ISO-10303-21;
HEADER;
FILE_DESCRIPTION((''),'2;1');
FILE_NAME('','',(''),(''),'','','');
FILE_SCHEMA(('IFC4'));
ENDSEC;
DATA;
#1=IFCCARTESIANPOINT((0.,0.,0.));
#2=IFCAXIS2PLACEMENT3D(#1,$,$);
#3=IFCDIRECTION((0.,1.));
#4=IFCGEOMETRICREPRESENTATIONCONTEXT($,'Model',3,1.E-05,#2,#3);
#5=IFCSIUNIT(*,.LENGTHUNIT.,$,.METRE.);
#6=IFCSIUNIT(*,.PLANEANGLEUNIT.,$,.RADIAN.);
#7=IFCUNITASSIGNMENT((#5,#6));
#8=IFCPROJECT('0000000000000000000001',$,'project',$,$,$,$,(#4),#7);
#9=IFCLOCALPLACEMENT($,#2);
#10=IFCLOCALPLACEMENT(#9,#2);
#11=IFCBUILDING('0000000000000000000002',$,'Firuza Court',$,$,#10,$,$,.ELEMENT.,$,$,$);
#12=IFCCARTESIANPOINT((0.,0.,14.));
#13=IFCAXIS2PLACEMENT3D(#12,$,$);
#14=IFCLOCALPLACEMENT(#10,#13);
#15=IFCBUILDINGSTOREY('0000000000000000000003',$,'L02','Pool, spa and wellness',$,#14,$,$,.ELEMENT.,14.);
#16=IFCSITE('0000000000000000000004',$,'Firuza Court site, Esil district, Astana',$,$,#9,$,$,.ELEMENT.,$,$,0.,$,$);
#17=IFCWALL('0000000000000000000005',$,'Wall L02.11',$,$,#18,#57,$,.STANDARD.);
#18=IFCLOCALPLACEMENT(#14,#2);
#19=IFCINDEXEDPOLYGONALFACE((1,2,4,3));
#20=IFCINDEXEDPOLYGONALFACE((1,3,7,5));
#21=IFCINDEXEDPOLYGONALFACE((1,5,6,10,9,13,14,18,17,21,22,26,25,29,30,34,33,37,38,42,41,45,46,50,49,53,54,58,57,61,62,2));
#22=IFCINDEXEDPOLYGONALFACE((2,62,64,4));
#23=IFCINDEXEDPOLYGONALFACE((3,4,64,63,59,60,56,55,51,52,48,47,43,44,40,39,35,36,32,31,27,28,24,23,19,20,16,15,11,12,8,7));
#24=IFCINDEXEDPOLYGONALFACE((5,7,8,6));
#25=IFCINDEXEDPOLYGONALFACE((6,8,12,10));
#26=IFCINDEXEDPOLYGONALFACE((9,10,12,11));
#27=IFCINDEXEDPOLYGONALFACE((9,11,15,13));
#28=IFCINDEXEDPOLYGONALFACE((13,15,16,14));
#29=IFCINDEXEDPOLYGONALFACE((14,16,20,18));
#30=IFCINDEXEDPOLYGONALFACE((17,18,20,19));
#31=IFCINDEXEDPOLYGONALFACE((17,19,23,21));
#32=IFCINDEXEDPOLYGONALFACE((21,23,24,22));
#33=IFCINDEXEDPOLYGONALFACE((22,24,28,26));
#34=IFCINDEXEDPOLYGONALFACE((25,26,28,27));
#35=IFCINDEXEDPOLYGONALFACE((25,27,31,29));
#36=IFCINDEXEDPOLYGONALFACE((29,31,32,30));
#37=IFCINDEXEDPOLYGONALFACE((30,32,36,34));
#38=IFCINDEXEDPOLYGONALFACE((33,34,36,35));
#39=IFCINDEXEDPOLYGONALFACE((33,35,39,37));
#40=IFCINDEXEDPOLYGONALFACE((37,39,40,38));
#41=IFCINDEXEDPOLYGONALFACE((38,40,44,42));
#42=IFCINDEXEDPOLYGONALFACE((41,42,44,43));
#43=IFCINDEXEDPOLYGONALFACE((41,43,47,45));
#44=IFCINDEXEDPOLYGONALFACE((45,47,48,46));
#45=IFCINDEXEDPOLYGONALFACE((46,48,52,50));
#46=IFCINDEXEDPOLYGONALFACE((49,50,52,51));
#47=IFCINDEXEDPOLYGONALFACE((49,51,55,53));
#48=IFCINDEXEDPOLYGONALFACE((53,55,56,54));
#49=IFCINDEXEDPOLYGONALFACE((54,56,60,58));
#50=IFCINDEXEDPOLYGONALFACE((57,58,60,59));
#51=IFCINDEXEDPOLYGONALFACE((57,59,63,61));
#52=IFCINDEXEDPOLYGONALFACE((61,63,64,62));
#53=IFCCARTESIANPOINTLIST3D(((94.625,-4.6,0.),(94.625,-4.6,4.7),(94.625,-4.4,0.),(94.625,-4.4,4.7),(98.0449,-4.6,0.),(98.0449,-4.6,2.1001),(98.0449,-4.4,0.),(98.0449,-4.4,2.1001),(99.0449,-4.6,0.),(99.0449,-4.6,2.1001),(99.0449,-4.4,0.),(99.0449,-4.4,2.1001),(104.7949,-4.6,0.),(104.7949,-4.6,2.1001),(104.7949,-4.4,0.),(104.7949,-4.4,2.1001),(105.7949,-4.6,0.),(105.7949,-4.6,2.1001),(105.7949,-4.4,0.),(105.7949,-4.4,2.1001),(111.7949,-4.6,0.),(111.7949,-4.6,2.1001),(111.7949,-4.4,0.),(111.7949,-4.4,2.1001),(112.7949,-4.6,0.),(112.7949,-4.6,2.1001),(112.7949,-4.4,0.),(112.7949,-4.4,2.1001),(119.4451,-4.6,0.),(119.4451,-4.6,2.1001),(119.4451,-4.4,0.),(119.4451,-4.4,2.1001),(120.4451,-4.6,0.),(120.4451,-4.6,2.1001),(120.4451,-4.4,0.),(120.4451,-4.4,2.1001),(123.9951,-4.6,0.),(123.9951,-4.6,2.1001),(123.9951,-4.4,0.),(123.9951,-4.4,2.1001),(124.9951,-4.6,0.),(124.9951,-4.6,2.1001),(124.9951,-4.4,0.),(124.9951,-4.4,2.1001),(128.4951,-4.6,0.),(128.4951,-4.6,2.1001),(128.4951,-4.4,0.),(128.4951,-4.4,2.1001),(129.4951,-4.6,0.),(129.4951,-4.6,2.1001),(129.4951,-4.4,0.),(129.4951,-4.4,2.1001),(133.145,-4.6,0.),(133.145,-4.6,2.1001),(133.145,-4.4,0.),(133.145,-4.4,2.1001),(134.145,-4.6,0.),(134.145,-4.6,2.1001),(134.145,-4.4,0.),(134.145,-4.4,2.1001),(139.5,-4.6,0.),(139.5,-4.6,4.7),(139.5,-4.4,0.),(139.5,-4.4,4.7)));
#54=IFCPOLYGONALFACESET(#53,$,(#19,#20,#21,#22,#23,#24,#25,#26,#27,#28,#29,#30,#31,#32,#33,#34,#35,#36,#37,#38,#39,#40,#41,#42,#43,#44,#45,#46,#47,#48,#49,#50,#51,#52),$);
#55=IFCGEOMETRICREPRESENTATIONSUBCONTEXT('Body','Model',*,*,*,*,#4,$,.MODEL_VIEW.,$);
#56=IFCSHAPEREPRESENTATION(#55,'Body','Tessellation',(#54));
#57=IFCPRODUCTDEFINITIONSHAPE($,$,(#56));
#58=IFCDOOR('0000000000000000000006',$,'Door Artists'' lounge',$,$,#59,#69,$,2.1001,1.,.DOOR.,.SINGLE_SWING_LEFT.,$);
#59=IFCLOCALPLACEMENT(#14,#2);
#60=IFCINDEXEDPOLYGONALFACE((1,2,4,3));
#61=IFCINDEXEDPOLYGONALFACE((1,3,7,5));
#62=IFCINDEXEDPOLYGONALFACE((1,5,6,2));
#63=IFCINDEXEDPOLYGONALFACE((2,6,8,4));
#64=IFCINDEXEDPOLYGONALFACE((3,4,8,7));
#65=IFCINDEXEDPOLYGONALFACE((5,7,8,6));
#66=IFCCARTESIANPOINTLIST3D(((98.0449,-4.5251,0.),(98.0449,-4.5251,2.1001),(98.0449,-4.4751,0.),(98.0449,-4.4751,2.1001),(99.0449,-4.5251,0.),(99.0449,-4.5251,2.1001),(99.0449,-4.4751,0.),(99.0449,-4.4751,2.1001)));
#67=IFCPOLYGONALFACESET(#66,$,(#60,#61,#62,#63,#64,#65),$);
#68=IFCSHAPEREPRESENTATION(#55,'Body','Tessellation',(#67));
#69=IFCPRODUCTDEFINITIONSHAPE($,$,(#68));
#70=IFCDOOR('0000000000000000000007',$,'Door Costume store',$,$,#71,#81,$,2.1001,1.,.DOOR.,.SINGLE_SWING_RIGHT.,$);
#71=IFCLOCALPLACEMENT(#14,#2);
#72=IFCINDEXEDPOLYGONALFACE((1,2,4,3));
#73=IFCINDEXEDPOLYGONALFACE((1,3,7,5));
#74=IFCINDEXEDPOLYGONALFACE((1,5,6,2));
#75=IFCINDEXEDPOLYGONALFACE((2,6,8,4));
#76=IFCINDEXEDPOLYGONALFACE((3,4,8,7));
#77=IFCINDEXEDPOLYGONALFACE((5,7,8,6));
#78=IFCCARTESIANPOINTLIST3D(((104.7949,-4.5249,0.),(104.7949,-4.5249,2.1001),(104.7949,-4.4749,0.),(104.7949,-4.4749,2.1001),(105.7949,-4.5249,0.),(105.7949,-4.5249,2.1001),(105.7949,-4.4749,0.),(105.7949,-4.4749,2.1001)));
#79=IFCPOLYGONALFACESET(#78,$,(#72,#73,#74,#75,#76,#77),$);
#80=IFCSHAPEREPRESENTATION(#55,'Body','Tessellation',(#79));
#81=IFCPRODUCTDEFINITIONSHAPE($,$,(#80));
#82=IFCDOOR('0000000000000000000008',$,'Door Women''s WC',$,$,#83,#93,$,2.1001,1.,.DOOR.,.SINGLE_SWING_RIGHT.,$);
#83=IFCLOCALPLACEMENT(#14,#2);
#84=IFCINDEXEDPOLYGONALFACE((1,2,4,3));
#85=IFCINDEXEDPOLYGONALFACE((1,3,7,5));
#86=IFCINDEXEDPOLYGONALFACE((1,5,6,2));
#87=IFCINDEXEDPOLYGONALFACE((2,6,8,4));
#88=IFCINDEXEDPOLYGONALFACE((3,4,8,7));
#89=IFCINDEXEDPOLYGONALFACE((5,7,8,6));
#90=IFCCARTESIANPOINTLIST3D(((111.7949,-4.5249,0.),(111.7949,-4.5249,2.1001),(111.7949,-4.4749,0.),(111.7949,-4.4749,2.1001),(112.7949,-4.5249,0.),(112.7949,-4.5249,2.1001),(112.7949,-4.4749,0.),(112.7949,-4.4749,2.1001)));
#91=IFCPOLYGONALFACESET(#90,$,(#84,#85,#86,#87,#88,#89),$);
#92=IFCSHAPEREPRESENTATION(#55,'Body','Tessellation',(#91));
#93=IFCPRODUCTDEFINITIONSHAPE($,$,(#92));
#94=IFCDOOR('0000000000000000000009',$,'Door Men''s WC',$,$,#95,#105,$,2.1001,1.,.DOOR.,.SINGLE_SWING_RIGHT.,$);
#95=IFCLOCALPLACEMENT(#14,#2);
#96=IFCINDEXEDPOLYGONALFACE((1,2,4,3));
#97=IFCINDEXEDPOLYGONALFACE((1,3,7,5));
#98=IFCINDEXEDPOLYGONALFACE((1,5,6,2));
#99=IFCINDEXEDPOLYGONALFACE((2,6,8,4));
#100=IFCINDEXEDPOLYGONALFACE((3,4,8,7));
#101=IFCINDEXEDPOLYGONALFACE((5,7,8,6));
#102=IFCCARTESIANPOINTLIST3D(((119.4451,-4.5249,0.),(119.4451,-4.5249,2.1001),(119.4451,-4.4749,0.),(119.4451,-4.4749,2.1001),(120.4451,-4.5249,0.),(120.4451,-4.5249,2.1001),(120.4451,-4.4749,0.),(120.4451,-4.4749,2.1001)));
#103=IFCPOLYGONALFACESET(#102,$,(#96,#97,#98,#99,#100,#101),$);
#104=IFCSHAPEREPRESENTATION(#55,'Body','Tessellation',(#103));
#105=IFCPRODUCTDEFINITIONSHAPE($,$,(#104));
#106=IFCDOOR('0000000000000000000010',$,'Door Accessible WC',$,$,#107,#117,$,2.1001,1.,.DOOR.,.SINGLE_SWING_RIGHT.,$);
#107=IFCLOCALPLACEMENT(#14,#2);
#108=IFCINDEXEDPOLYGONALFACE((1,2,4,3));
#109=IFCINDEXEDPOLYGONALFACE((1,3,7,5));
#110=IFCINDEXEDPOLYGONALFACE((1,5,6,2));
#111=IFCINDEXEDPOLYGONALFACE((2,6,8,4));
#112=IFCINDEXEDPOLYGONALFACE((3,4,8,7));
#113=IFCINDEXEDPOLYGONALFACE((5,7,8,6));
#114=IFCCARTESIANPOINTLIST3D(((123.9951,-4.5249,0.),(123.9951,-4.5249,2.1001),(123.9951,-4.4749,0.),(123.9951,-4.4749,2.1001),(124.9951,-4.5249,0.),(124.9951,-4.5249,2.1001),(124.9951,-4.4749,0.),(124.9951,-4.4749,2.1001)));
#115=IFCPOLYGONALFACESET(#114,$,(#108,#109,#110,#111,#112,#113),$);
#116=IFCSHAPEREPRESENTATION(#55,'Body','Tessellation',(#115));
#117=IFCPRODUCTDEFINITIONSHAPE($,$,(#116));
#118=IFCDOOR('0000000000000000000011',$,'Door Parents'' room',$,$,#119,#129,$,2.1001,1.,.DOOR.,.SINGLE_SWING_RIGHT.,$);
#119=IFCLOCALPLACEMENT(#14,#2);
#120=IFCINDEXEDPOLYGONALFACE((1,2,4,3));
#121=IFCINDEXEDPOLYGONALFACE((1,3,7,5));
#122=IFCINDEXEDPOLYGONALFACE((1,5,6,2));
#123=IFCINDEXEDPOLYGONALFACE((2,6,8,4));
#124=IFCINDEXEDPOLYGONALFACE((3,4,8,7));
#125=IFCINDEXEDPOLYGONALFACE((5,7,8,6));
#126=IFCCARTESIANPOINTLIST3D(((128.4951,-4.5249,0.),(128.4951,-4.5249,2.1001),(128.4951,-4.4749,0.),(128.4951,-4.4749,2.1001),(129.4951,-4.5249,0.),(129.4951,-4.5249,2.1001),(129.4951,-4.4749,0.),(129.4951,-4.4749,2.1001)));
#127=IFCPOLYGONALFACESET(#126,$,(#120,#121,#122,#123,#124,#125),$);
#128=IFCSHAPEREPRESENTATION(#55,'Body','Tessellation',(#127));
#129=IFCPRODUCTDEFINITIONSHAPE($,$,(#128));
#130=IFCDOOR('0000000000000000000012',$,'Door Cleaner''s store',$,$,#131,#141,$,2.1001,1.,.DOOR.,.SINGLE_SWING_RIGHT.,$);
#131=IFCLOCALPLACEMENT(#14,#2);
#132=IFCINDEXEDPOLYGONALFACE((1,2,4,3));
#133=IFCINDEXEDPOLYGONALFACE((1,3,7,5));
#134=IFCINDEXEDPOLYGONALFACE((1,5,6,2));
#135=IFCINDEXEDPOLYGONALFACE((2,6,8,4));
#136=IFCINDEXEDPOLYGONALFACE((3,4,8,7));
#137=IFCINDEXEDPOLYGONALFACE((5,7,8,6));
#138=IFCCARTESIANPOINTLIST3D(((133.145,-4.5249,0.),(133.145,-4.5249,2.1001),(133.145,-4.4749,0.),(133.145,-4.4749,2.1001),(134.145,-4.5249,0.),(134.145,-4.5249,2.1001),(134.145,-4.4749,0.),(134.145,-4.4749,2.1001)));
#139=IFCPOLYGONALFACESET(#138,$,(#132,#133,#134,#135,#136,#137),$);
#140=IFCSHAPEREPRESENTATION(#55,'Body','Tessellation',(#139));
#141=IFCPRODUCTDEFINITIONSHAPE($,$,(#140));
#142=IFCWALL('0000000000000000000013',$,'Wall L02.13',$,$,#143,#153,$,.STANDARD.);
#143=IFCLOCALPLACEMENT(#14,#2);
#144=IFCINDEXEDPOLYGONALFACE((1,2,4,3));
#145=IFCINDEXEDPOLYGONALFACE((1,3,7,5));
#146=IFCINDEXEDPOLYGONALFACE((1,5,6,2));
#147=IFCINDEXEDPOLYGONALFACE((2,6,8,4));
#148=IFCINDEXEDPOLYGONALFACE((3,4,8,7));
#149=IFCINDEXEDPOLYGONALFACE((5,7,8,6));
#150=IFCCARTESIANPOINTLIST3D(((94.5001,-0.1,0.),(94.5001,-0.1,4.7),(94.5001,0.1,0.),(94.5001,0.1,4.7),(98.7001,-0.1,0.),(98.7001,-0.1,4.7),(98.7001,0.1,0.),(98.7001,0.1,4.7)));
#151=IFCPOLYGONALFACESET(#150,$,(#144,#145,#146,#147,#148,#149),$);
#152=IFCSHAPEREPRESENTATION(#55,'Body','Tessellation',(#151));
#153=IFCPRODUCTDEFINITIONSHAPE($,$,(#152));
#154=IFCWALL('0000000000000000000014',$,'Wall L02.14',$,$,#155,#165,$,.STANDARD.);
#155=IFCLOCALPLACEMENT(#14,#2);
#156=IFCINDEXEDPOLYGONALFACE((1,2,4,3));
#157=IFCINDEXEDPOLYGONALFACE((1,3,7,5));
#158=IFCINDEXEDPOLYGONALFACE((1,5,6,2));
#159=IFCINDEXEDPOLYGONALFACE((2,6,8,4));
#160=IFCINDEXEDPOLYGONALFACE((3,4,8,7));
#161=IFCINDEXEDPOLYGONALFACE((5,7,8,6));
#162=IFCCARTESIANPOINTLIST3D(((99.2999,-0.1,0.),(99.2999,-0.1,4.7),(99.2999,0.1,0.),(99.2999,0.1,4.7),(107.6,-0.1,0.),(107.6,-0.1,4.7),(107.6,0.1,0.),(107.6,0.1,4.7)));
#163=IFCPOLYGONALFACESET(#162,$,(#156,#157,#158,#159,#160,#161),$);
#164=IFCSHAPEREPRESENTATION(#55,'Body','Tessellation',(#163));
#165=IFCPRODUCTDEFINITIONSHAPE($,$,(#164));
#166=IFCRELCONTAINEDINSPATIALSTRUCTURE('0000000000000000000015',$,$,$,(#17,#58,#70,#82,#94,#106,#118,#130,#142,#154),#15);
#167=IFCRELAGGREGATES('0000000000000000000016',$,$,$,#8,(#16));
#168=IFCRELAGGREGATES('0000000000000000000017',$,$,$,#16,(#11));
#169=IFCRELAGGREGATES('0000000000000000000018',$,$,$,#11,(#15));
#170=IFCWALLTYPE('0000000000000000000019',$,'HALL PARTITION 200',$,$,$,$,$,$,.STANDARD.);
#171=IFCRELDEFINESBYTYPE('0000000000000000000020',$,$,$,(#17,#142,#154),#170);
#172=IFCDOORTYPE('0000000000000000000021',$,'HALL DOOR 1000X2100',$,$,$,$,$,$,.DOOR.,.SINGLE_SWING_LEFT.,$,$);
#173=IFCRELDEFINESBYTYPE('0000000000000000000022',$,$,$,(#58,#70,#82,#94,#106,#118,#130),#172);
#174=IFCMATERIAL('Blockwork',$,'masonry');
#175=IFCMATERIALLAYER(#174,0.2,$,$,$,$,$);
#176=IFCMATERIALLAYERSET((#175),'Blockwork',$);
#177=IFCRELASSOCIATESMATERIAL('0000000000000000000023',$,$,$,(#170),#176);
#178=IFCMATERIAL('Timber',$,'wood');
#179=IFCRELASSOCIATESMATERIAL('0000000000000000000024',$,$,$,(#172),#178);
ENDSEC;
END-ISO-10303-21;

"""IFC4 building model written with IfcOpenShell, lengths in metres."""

from ifc_helpers import new_model, si_unit, direction, frame, frame_2d, origin, place, context, subcontext, project, spatial, rectangle, extrude, material, layer, layer_set, type_object, element, fill, save


model = new_model("IFC4")

# Units and contexts
model_context = context("Model", 3, precision=1e-05, world=origin(), true_north=direction((0.0, 1.0)))
body_context = subcontext(model_context, "Body", "Model", "MODEL_VIEW")
ifc_project = project(units=[si_unit("LENGTHUNIT", "METRE"), si_unit("PLANEANGLEUNIT", "RADIAN")], contexts=[model_context])

# Site, building, storey
site_placement = place(None, origin())
site = spatial("IfcSite", under=ifc_project, at=site_placement, Name="Firuza Court site, Esil district, Astana", CompositionType="ELEMENT", RefElevation=0.0)
building_placement = place(site_placement, origin())
building = spatial("IfcBuilding", under=site, at=building_placement, Name="Firuza Court", CompositionType="ELEMENT")
storey_placement = place(building_placement, frame((0.0, 0.0, 14.0)))
storey = spatial("IfcBuildingStorey", under=building, at=storey_placement, Name="L02", Description="Pool, spa and wellness", CompositionType="ELEMENT", Elevation=14.0)

# Wall, openings, doors
ifc_material_1 = material(Name="Blockwork", Category="masonry")
ifc_layer_1 = layer(ifc_material_1, 0.2)
ifc_layer_set_1 = layer_set([ifc_layer_1], Name="Blockwork")
wall_type_1 = type_object("IfcWallType", Name="HALL PARTITION 200", PredefinedType="STANDARD", material=ifc_layer_set_1)
wall_1_placement = place(storey_placement, frame((94.625, -4.5, 0.0), z_axis=(0.0, 0.0, 1.0), x_axis=(1.0, 0.0, 0.0)))
wall_1 = element("IfcWall", 1, at=wall_1_placement, inside=storey, type_object=wall_type_1, Name="Wall L02.11", PredefinedType="STANDARD", context=body_context, shape_type="SweptSolid", body=[
    extrude(rectangle(XDim=44.875, YDim=0.2, at=frame_2d((22.4375, 0.0))), origin(), (0.0, 0.0, 1.0), 4.7),
])
opening_1_placement = place(wall_1_placement, frame((3.4199, 0.0, 0.0)))
opening_1 = element("IfcOpeningElement", 2, at=opening_1_placement, cuts=wall_1, PredefinedType="OPENING", context=body_context, shape_type="SweptSolid", body=[
    extrude(rectangle(XDim=1.0, YDim=2.1001, at=frame_2d((0.5, 1.05))), frame((0.0, 0.1118, 0.0), z_axis=(0.0, -1.0, 0.0), x_axis=(1.0, 0.0, 0.0)), (0.0, 0.0, 1.0), 0.2239),
])
opening_2_placement = place(wall_1_placement, frame((10.1699, 0.0, 0.0)))
opening_2 = element("IfcOpeningElement", 3, at=opening_2_placement, cuts=wall_1, PredefinedType="OPENING", context=body_context, shape_type="SweptSolid", body=[
    extrude(rectangle(XDim=1.0, YDim=2.1001, at=frame_2d((0.5, 1.05))), frame((0.0, 0.1118, 0.0), z_axis=(0.0, -1.0, 0.0), x_axis=(1.0, 0.0, 0.0)), (0.0, 0.0, 1.0), 0.2239),
])
opening_3_placement = place(wall_1_placement, frame((17.1699, 0.0, 0.0)))
opening_3 = element("IfcOpeningElement", 4, at=opening_3_placement, cuts=wall_1, PredefinedType="OPENING", context=body_context, shape_type="SweptSolid", body=[
    extrude(rectangle(XDim=1.0, YDim=2.1001, at=frame_2d((0.5, 1.05))), frame((0.0, 0.1118, 0.0), z_axis=(0.0, -1.0, 0.0), x_axis=(1.0, 0.0, 0.0)), (0.0, 0.0, 1.0), 0.2239),
])
opening_4_placement = place(wall_1_placement, frame((24.8201, 0.0, 0.0)))
opening_4 = element("IfcOpeningElement", 5, at=opening_4_placement, cuts=wall_1, PredefinedType="OPENING", context=body_context, shape_type="SweptSolid", body=[
    extrude(rectangle(XDim=1.0, YDim=2.1001, at=frame_2d((0.5, 1.05))), frame((0.0, 0.1118, 0.0), z_axis=(0.0, -1.0, 0.0), x_axis=(1.0, 0.0, 0.0)), (0.0, 0.0, 1.0), 0.2239),
])
opening_5_placement = place(wall_1_placement, frame((29.3701, 0.0, 0.0)))
opening_5 = element("IfcOpeningElement", 6, at=opening_5_placement, cuts=wall_1, PredefinedType="OPENING", context=body_context, shape_type="SweptSolid", body=[
    extrude(rectangle(XDim=1.0, YDim=2.1001, at=frame_2d((0.5, 1.05))), frame((0.0, 0.1118, 0.0), z_axis=(0.0, -1.0, 0.0), x_axis=(1.0, 0.0, 0.0)), (0.0, 0.0, 1.0), 0.2239),
])
opening_6_placement = place(wall_1_placement, frame((33.8701, 0.0, 0.0)))
opening_6 = element("IfcOpeningElement", 7, at=opening_6_placement, cuts=wall_1, PredefinedType="OPENING", context=body_context, shape_type="SweptSolid", body=[
    extrude(rectangle(XDim=1.0, YDim=2.1001, at=frame_2d((0.5, 1.05))), frame((0.0, 0.1118, 0.0), z_axis=(0.0, -1.0, 0.0), x_axis=(1.0, 0.0, 0.0)), (0.0, 0.0, 1.0), 0.2239),
])
opening_7_placement = place(wall_1_placement, frame((38.52, 0.0, 0.0)))
opening_7 = element("IfcOpeningElement", 8, at=opening_7_placement, cuts=wall_1, PredefinedType="OPENING", context=body_context, shape_type="SweptSolid", body=[
    extrude(rectangle(XDim=1.0, YDim=2.1001, at=frame_2d((0.5, 1.05))), frame((0.0, 0.1118, 0.0), z_axis=(0.0, -1.0, 0.0), x_axis=(1.0, 0.0, 0.0)), (0.0, 0.0, 1.0), 0.2239),
])
ifc_material_2 = material(Name="Timber", Category="wood")
door_type_1 = type_object("IfcDoorType", Name="HALL DOOR 1000X2100", OperationType="SINGLE_SWING_LEFT", PredefinedType="DOOR", material=ifc_material_2)
door_1_placement = place(opening_1_placement, origin())
door_1 = element("IfcDoor", 9, at=door_1_placement, inside=storey, type_object=door_type_1, Name="Door Artists' lounge", OperationType="SINGLE_SWING_LEFT", OverallHeight=2.1001, OverallWidth=1.0, PredefinedType="DOOR", context=body_context, shape_type="SweptSolid", body=[
    extrude(rectangle(XDim=1.0, YDim=2.1001, at=frame_2d((0.5, 1.05))), frame((0.0, 0.0249, 0.0), z_axis=(0.0, -1.0, 0.0), x_axis=(1.0, 0.0, 0.0)), (0.0, 0.0, 1.0), 0.05),
])
fill(opening_1, door_1)
door_2_placement = place(opening_2_placement, frame((1.0, 0.0, 0.0), z_axis=(0.0, 0.0, 1.0), x_axis=(-1.0, 0.0, 0.0)))
door_2 = element("IfcDoor", 10, at=door_2_placement, inside=storey, type_object=door_type_1, Name="Door Costume store", OperationType="SINGLE_SWING_RIGHT", OverallHeight=2.1001, OverallWidth=1.0, PredefinedType="DOOR", context=body_context, shape_type="SweptSolid", body=[
    extrude(rectangle(XDim=1.0, YDim=2.1001, at=frame_2d((0.5, 1.05))), frame((0.0, 0.0249, 0.0), z_axis=(0.0, -1.0, 0.0), x_axis=(1.0, 0.0, 0.0)), (0.0, 0.0, 1.0), 0.05),
])
fill(opening_2, door_2)
door_3_placement = place(opening_3_placement, frame((1.0, 0.0, 0.0), z_axis=(0.0, 0.0, 1.0), x_axis=(-1.0, 0.0, 0.0)))
door_3 = element("IfcDoor", 11, at=door_3_placement, inside=storey, type_object=door_type_1, Name="Door Women's WC", OperationType="SINGLE_SWING_RIGHT", OverallHeight=2.1001, OverallWidth=1.0, PredefinedType="DOOR", context=body_context, shape_type="SweptSolid", body=[
    extrude(rectangle(XDim=1.0, YDim=2.1001, at=frame_2d((0.5, 1.05))), frame((0.0, 0.0249, 0.0), z_axis=(0.0, -1.0, 0.0), x_axis=(1.0, 0.0, 0.0)), (0.0, 0.0, 1.0), 0.05),
])
fill(opening_3, door_3)
door_4_placement = place(opening_4_placement, frame((1.0, 0.0, 0.0), z_axis=(0.0, 0.0, 1.0), x_axis=(-1.0, 0.0, 0.0)))
door_4 = element("IfcDoor", 12, at=door_4_placement, inside=storey, type_object=door_type_1, Name="Door Men's WC", OperationType="SINGLE_SWING_RIGHT", OverallHeight=2.1001, OverallWidth=1.0, PredefinedType="DOOR", context=body_context, shape_type="SweptSolid", body=[
    extrude(rectangle(XDim=1.0, YDim=2.1001, at=frame_2d((0.5, 1.05))), frame((0.0, 0.0249, 0.0), z_axis=(0.0, -1.0, 0.0), x_axis=(1.0, 0.0, 0.0)), (0.0, 0.0, 1.0), 0.05),
])
fill(opening_4, door_4)
door_5_placement = place(opening_5_placement, frame((1.0, 0.0, 0.0), z_axis=(0.0, 0.0, 1.0), x_axis=(-1.0, 0.0, 0.0)))
door_5 = element("IfcDoor", 13, at=door_5_placement, inside=storey, type_object=door_type_1, Name="Door Accessible WC", OperationType="SINGLE_SWING_RIGHT", OverallHeight=2.1001, OverallWidth=1.0, PredefinedType="DOOR", context=body_context, shape_type="SweptSolid", body=[
    extrude(rectangle(XDim=1.0, YDim=2.1001, at=frame_2d((0.5, 1.05))), frame((0.0, 0.0249, 0.0), z_axis=(0.0, -1.0, 0.0), x_axis=(1.0, 0.0, 0.0)), (0.0, 0.0, 1.0), 0.05),
])
fill(opening_5, door_5)
door_6_placement = place(opening_6_placement, frame((1.0, 0.0, 0.0), z_axis=(0.0, 0.0, 1.0), x_axis=(-1.0, 0.0, 0.0)))
door_6 = element("IfcDoor", 14, at=door_6_placement, inside=storey, type_object=door_type_1, Name="Door Parents' room", OperationType="SINGLE_SWING_RIGHT", OverallHeight=2.1001, OverallWidth=1.0, PredefinedType="DOOR", context=body_context, shape_type="SweptSolid", body=[
    extrude(rectangle(XDim=1.0, YDim=2.1001, at=frame_2d((0.5, 1.05))), frame((0.0, 0.0249, 0.0), z_axis=(0.0, -1.0, 0.0), x_axis=(1.0, 0.0, 0.0)), (0.0, 0.0, 1.0), 0.05),
])
fill(opening_6, door_6)
door_7_placement = place(opening_7_placement, frame((1.0, 0.0, 0.0), z_axis=(0.0, 0.0, 1.0), x_axis=(-1.0, 0.0, 0.0)))
door_7 = element("IfcDoor", 15, at=door_7_placement, inside=storey, type_object=door_type_1, Name="Door Cleaner's store", OperationType="SINGLE_SWING_RIGHT", OverallHeight=2.1001, OverallWidth=1.0, PredefinedType="DOOR", context=body_context, shape_type="SweptSolid", body=[
    extrude(rectangle(XDim=1.0, YDim=2.1001, at=frame_2d((0.5, 1.05))), frame((0.0, 0.0249, 0.0), z_axis=(0.0, -1.0, 0.0), x_axis=(1.0, 0.0, 0.0)), (0.0, 0.0, 1.0), 0.05),
])
fill(opening_7, door_7)

# Walls
wall_2_placement = place(storey_placement, frame((94.5, 0.0, 0.0), z_axis=(0.0, 0.0, 1.0), x_axis=(1.0, 0.0, 0.0)))
element("IfcWall", 16, at=wall_2_placement, inside=storey, type_object=wall_type_1, Name="Wall L02.13", PredefinedType="STANDARD", context=body_context, shape_type="SweptSolid", body=[
    extrude(rectangle(XDim=4.2, YDim=0.2, at=frame_2d((2.1001, 0.0))), origin(), (0.0, 0.0, 1.0), 4.7),
])
wall_3_placement = place(storey_placement, frame((99.3, 0.0, 0.0), z_axis=(0.0, 0.0, 1.0), x_axis=(1.0, 0.0, 0.0)))
element("IfcWall", 17, at=wall_3_placement, inside=storey, type_object=wall_type_1, Name="Wall L02.14", PredefinedType="STANDARD", context=body_context, shape_type="SweptSolid", body=[
    extrude(rectangle(XDim=8.3, YDim=0.2, at=frame_2d((4.1499, 0.0))), origin(), (0.0, 0.0, 1.0), 4.7),
])

save(model, "model.ifc")
